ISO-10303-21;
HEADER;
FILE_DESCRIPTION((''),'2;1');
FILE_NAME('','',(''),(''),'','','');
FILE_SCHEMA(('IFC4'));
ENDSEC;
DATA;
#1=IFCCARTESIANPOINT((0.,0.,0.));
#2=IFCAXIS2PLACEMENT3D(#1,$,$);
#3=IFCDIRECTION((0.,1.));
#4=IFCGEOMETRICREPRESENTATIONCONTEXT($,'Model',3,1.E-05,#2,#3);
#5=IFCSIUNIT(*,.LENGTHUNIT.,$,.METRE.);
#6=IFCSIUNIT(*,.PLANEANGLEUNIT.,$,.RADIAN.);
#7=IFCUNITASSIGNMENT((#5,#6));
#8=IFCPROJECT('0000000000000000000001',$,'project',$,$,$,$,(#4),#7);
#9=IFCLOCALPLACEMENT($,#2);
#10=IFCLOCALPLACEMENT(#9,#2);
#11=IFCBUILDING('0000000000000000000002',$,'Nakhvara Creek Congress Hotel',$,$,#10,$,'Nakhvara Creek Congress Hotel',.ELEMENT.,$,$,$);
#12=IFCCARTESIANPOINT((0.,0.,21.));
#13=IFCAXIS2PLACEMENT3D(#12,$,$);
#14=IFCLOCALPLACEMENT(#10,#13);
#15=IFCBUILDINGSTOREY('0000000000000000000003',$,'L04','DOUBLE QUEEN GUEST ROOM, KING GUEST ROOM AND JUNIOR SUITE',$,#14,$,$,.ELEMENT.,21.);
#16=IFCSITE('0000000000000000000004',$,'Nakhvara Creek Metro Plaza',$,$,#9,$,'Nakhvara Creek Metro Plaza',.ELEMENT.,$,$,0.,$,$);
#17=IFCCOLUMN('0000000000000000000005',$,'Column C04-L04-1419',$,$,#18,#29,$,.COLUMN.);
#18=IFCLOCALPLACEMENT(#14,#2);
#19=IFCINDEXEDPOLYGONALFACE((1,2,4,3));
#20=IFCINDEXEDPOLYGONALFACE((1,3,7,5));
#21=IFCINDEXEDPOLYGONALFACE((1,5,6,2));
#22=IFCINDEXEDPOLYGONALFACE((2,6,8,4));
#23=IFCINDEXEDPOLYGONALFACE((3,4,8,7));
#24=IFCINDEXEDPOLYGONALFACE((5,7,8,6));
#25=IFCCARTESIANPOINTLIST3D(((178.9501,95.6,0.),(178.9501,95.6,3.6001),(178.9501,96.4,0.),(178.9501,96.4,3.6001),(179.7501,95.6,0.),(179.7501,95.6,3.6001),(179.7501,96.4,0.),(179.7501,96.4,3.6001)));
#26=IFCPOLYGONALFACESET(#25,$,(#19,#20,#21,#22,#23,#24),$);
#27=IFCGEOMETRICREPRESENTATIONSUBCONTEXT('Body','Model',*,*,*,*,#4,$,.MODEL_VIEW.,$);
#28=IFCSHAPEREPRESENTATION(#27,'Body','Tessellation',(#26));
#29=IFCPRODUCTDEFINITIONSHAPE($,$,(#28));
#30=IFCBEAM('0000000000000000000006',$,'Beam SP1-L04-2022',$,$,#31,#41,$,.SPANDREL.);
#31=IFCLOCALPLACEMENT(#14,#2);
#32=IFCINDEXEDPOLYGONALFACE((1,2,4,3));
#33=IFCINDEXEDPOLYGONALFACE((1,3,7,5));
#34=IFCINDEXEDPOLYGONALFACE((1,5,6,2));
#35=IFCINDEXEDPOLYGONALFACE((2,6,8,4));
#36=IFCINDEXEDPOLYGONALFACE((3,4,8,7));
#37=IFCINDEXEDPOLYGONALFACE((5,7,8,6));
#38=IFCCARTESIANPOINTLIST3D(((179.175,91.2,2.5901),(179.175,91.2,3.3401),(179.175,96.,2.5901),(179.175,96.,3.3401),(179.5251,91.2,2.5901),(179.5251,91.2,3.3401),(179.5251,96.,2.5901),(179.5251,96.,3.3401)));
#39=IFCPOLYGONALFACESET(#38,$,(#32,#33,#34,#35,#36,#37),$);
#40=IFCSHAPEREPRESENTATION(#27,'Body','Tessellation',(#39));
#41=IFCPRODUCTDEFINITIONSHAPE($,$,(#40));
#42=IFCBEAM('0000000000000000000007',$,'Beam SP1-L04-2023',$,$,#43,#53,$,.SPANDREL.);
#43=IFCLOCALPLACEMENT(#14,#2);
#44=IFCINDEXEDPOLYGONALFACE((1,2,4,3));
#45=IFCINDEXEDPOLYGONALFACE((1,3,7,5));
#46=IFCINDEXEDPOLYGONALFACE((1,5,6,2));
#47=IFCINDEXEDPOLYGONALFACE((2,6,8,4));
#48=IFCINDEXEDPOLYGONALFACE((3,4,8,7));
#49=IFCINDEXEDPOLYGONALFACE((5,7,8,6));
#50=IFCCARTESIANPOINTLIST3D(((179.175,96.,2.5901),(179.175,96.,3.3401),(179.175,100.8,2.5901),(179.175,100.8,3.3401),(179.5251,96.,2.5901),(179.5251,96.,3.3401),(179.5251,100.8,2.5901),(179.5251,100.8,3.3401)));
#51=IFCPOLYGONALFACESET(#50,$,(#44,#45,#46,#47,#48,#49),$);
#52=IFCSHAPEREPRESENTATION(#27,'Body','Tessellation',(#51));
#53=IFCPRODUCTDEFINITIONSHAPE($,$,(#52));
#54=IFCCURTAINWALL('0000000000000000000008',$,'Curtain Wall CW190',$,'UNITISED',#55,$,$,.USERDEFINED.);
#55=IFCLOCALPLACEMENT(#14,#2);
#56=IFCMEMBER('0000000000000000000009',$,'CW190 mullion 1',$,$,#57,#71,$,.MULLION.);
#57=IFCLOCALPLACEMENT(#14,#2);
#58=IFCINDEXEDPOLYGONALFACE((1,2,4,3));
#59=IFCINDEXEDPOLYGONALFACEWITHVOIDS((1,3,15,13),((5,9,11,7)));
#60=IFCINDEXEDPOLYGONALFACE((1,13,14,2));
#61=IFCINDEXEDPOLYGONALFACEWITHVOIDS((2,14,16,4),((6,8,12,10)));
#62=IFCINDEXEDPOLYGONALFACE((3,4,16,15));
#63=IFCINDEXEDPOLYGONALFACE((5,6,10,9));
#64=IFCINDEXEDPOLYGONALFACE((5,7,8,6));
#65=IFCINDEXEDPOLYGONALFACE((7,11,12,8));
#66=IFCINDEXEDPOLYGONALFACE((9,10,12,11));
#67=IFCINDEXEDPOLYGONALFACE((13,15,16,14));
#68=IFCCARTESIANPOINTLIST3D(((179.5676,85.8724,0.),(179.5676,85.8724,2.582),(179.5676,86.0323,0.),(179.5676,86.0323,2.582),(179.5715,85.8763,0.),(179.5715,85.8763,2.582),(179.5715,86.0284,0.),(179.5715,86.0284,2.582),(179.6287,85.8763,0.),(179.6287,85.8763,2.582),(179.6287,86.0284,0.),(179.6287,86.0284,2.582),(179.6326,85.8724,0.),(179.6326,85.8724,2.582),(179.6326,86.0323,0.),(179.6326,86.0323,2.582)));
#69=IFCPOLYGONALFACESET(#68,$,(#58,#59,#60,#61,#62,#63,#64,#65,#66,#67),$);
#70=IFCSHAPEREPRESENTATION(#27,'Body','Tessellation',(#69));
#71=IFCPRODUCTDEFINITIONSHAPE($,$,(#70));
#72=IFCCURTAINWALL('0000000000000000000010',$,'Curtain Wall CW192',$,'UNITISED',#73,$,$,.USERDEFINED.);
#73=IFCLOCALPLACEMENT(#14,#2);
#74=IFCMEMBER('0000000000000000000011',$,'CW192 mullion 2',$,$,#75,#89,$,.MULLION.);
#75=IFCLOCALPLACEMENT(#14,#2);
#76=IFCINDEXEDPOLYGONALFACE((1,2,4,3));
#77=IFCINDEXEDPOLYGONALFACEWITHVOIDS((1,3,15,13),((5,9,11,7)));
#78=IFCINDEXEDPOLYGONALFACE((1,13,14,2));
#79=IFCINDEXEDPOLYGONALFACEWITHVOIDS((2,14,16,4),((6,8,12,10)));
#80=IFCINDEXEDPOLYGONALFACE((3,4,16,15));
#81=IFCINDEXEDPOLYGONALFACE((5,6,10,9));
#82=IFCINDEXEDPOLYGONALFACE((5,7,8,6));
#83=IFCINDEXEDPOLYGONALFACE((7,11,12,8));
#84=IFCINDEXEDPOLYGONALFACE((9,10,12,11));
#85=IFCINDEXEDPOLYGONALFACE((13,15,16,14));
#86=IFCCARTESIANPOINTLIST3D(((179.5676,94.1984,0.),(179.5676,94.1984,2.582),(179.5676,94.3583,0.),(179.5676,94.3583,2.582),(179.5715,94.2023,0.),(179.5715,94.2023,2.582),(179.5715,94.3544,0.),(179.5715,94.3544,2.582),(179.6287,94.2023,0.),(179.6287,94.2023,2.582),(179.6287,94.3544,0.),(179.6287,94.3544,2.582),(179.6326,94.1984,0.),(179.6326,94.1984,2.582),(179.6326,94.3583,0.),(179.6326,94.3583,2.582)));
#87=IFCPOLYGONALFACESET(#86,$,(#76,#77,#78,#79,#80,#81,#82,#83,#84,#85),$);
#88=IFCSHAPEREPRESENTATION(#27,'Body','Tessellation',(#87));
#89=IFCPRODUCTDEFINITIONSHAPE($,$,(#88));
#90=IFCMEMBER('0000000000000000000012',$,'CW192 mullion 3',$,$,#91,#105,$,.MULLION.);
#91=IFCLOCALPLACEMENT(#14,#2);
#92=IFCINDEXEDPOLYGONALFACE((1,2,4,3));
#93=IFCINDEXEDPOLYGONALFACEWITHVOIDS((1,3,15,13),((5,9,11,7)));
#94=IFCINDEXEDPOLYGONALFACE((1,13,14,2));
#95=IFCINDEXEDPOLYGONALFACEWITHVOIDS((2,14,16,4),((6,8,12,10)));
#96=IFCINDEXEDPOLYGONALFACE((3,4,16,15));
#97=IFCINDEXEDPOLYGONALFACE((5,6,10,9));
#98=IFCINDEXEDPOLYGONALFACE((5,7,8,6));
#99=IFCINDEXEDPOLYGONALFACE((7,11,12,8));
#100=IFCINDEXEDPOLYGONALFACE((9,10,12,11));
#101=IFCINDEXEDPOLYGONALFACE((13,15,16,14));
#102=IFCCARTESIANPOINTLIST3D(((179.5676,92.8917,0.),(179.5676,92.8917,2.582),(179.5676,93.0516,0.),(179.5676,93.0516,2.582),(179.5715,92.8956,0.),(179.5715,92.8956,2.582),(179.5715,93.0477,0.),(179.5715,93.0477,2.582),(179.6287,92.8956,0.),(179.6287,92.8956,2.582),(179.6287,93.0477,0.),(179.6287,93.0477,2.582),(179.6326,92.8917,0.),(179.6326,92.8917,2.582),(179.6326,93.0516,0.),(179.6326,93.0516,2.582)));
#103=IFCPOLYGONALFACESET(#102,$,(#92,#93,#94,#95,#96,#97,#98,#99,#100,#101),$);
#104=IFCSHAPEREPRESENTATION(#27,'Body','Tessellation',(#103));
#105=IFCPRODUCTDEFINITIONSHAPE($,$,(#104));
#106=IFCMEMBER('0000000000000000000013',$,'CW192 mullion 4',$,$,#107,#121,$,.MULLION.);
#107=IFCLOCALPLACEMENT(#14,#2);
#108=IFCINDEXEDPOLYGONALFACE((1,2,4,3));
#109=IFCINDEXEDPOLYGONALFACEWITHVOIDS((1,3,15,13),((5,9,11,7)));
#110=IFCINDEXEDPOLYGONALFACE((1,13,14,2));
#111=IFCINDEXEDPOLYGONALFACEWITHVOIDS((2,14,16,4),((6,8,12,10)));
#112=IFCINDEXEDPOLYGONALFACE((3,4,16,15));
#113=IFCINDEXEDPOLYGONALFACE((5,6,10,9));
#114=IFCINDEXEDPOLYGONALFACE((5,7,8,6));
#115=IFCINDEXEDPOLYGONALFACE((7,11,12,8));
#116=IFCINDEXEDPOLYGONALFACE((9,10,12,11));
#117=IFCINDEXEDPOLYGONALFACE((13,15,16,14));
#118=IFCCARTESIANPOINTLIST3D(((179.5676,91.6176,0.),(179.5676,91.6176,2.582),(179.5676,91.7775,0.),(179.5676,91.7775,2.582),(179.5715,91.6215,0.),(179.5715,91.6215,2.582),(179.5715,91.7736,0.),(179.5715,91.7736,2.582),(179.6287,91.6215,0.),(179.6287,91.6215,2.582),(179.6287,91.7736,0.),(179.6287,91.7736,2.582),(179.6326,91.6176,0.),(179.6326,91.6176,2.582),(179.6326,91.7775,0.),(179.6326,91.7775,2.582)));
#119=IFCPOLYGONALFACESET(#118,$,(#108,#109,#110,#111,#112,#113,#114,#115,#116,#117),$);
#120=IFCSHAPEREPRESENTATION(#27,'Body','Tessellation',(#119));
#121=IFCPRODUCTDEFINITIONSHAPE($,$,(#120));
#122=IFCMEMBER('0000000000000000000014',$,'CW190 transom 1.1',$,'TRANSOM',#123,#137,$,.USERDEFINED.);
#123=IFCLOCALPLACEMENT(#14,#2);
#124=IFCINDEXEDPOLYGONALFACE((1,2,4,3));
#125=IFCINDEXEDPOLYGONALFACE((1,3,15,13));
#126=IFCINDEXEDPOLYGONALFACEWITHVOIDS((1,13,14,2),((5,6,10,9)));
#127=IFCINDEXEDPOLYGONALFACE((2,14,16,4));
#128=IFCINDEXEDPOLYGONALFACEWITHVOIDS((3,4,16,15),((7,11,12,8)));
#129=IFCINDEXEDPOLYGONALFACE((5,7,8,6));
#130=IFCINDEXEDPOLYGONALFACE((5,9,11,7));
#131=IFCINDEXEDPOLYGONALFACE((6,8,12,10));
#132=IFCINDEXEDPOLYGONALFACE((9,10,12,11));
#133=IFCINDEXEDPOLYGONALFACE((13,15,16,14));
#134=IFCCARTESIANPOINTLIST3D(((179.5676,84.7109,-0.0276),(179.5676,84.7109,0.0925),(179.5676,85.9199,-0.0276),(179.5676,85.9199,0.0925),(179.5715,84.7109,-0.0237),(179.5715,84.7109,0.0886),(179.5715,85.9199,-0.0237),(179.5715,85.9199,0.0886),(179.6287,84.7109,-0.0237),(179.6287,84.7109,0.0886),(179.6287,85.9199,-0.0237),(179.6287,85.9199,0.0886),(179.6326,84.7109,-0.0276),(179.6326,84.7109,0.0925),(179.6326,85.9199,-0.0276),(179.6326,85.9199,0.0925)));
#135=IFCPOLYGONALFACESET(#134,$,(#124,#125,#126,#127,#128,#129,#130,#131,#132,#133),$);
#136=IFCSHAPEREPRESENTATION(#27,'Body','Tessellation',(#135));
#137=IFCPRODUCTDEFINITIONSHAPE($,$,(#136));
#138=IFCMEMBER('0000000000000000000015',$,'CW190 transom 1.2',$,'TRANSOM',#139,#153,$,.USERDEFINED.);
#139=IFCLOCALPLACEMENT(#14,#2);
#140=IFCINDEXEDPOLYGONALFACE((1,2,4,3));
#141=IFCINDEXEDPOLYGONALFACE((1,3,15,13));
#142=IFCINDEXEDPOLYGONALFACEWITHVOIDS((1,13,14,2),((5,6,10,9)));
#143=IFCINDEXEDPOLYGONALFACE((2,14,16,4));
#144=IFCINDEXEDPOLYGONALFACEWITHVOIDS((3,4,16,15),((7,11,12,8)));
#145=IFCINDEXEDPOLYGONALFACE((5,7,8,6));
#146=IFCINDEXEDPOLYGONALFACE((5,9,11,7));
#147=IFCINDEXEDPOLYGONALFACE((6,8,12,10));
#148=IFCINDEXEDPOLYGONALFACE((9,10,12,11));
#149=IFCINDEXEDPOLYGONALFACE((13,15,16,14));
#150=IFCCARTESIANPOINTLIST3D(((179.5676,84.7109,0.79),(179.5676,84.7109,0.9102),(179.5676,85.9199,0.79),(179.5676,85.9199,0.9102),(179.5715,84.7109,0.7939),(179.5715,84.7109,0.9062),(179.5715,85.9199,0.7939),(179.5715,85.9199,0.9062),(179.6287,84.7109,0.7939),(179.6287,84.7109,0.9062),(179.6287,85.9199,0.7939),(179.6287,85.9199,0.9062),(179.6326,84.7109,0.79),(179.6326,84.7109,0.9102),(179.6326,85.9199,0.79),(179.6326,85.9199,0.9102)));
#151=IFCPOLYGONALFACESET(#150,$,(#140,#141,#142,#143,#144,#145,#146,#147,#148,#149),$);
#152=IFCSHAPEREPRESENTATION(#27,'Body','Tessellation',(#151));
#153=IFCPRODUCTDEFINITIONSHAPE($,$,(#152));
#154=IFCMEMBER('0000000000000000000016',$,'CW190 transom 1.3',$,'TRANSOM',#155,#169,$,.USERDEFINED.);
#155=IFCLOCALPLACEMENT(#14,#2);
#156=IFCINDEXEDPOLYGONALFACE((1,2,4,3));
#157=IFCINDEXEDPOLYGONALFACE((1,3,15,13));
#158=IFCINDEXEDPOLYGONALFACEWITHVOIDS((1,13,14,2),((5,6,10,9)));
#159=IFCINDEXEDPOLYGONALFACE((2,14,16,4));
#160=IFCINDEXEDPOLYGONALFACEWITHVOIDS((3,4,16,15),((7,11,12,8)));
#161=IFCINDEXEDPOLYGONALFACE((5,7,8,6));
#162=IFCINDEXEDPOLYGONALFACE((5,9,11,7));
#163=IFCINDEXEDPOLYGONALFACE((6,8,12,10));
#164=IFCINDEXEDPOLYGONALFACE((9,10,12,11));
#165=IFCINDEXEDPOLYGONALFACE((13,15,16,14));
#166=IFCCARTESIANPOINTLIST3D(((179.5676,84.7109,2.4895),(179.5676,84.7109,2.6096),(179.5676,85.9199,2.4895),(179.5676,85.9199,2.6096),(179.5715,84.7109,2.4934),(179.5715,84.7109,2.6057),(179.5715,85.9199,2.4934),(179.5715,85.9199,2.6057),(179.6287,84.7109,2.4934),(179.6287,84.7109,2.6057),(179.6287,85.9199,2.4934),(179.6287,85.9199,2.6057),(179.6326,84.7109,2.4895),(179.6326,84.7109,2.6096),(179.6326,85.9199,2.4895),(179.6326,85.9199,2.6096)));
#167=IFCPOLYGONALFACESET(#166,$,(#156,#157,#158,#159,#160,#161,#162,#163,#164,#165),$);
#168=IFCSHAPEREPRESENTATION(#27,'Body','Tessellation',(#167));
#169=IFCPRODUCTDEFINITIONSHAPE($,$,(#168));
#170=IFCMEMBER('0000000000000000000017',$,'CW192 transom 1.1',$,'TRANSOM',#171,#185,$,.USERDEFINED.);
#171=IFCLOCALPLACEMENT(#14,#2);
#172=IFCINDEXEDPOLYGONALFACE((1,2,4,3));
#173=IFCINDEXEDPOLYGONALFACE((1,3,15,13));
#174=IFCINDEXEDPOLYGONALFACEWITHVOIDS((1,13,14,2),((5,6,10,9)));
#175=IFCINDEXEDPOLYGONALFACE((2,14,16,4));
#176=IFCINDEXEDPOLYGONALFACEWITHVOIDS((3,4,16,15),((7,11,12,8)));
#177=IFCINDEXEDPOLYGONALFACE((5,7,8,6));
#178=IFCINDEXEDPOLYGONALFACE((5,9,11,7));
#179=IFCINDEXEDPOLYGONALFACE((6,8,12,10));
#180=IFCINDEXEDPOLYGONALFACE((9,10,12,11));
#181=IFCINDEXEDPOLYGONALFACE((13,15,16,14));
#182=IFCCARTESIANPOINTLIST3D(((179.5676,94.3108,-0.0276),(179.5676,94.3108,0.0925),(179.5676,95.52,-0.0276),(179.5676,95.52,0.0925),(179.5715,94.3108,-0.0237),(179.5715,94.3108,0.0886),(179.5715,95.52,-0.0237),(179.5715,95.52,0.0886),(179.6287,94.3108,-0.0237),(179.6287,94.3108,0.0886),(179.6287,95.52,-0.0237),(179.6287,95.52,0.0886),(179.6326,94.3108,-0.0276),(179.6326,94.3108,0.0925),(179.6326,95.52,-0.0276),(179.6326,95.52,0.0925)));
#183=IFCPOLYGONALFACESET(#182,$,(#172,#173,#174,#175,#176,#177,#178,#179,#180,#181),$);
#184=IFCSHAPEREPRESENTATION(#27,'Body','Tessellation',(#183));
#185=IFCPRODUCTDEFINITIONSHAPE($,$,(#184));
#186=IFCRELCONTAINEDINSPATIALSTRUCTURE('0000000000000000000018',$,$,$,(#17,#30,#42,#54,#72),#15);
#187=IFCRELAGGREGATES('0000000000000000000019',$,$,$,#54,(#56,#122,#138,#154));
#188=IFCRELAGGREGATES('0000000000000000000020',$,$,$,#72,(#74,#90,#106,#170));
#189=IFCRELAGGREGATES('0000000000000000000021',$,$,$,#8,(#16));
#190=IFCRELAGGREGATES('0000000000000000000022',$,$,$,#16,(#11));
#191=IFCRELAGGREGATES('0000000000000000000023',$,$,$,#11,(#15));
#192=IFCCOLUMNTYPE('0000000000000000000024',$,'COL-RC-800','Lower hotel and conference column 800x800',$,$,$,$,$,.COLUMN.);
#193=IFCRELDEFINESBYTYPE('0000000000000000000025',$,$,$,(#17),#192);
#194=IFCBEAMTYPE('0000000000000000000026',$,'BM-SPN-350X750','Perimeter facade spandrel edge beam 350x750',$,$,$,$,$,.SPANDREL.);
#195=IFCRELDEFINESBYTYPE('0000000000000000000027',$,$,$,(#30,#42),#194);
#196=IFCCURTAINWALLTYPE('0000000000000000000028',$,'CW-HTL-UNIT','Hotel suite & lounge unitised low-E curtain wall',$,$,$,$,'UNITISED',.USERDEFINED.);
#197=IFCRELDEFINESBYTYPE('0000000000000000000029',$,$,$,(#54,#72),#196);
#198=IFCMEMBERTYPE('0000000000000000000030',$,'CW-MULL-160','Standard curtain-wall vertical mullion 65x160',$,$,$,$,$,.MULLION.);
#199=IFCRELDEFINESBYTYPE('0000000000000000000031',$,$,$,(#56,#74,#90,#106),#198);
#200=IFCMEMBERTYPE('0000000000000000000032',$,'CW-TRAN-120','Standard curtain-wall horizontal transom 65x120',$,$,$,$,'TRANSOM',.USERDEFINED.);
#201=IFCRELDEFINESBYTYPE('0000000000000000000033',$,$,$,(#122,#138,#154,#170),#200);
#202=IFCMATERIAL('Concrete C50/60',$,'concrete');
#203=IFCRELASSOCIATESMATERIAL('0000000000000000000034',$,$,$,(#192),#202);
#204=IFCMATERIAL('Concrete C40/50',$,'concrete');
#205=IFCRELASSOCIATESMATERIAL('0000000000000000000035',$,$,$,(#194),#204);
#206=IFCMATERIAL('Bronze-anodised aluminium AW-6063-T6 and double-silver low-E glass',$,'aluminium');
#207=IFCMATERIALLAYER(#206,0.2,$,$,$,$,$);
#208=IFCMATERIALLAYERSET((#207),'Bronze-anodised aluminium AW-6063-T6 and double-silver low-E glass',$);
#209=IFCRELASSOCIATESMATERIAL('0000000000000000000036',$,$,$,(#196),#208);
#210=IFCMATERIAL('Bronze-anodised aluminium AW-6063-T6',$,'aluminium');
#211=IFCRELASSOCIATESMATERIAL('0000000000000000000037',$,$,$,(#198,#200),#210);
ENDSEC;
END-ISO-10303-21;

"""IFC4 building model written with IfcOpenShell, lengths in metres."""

from ifc_helpers import new_model, si_unit, direction, frame, origin, origin_2d, place, context, subcontext, project, spatial, rectangle, hollow_rectangle, extrude, material, layer, layer_set, material_profile, profile_set, type_object, element, aggregate, save


model = new_model("IFC4")

# Units and contexts
model_context = context("Model", 3, precision=1e-05, world=origin(), true_north=direction((0.0, 1.0)))
body_context = subcontext(model_context, "Body", "Model", "MODEL_VIEW")
ifc_project = project(units=[si_unit("LENGTHUNIT", "METRE"), si_unit("PLANEANGLEUNIT", "RADIAN")], contexts=[model_context])

# Site, building, storey
site_placement = place(None, origin())
site = spatial("IfcSite", under=ifc_project, at=site_placement, Name="Nakhvara Creek Metro Plaza", LongName="Nakhvara Creek Metro Plaza", CompositionType="ELEMENT", RefElevation=0.0)
building_placement = place(site_placement, origin())
building = spatial("IfcBuilding", under=site, at=building_placement, Name="Nakhvara Creek Congress Hotel", LongName="Nakhvara Creek Congress Hotel", CompositionType="ELEMENT")
storey_placement = place(building_placement, frame((0.0, 0.0, 21.0)))
storey = spatial("IfcBuildingStorey", under=building, at=storey_placement, Name="L04", Description="DOUBLE QUEEN GUEST ROOM, KING GUEST ROOM AND JUNIOR SUITE", CompositionType="ELEMENT", Elevation=21.0)

# Column
ifc_material_1 = material(Name="Concrete C50/60", Category="concrete")
ifc_material_profile_1 = material_profile(ifc_material_1, rectangle(XDim=0.8, YDim=0.8, at=origin_2d()), Name="RC-COL 800x800", Category="LoadBearing")
ifc_profile_set_1 = profile_set([ifc_material_profile_1], Name="Concrete C50/60")
column_type = type_object("IfcColumnType", Name="COL-RC-800", Description="Lower hotel and conference column 800x800", PredefinedType="COLUMN", material=ifc_profile_set_1)
column_placement = place(storey_placement, frame((179.3501, 96.0, 0.0), z_axis=(0.0, 0.0, 1.0), x_axis=(1.0, 0.0, 0.0)))
element("IfcColumn", 1, at=column_placement, inside=storey, type_object=column_type, Name="Column C04-L04-1419", PredefinedType="COLUMN", context=body_context, shape_type="SweptSolid", body=[
    extrude(rectangle(XDim=0.8, YDim=0.8, at=origin_2d()), origin(), (0.0, 0.0, 1.0), 3.6001),
])

# Beams
ifc_material_2 = material(Name="Concrete C40/50", Category="concrete")
ifc_material_profile_2 = material_profile(ifc_material_2, rectangle(XDim=0.3501, YDim=0.75, at=origin_2d()), Name="RC-SPANDREL 350x750", Category="LoadBearing")
ifc_profile_set_2 = profile_set([ifc_material_profile_2], Name="Concrete C40/50")
beam_type = type_object("IfcBeamType", Name="BM-SPN-350X750", Description="Perimeter facade spandrel edge beam 350x750", PredefinedType="SPANDREL", material=ifc_profile_set_2)
for number, where, z_axis, x_axis, name in (
    (2, (179.3501, 91.2, 2.9651), (0.0, 1.0, 0.0), (-1.0, 0.0, 0.0), "Beam SP1-L04-2022"),
    (3, (179.3501, 96.0, 2.9651), (0.0, 1.0, 0.0), (-1.0, 0.0, 0.0), "Beam SP1-L04-2023"),
):
    element("IfcBeam", number, at=place(storey_placement, frame(where, z_axis=z_axis, x_axis=x_axis)), inside=storey, type_object=beam_type, Name=name, PredefinedType="SPANDREL", context=body_context, shape_type="SweptSolid", body=[
        extrude(rectangle(XDim=0.3501, YDim=0.75, at=origin_2d()), origin(), (0.0, 0.0, 1.0), 4.8),
    ])

# Curtain wall, member
ifc_material_3 = material(Name="Bronze-anodised aluminium AW-6063-T6 and double-silver low-E glass", Category="aluminium")
ifc_layer_1 = layer(ifc_material_3, 0.2)
ifc_layer_set_1 = layer_set([ifc_layer_1], Name="Bronze-anodised aluminium AW-6063-T6 and double-silver low-E glass")
curtain_wall_type = type_object("IfcCurtainWallType", Name="CW-HTL-UNIT", Description="Hotel suite & lounge unitised low-E curtain wall", ElementType="UNITISED", PredefinedType="USERDEFINED", material=ifc_layer_set_1)
curtain_wall_1_placement = place(storey_placement, origin())
curtain_wall_1 = element("IfcCurtainWall", 4, at=curtain_wall_1_placement, inside=storey, type_object=curtain_wall_type, Name="Curtain Wall CW190", ObjectType="UNITISED", PredefinedType="USERDEFINED")
ifc_material_4 = material(Name="Bronze-anodised aluminium AW-6063-T6", Category="aluminium")
ifc_material_profile_3 = material_profile(ifc_material_4, hollow_rectangle(XDim=0.0649, YDim=0.1599, WallThickness=0.0039, at=origin_2d()), Name="ALU-MULL 65x160x4", Category="LoadBearing")
ifc_profile_set_3 = profile_set([ifc_material_profile_3], Name="Bronze-anodised aluminium AW-6063-T6")
member_type_1 = type_object("IfcMemberType", Name="CW-MULL-160", Description="Standard curtain-wall vertical mullion 65x160", PredefinedType="MULLION", material=ifc_profile_set_3)
member_1_placement = place(storey_placement, frame((179.6001, 85.9524, 0.0), z_axis=(0.0, 0.0, 1.0), x_axis=(1.0, 0.0, 0.0)))
member_1 = element("IfcMember", 5, at=member_1_placement, type_object=member_type_1, Name="CW190 mullion 1", PredefinedType="MULLION", context=body_context, shape_type="SweptSolid", body=[
    extrude(hollow_rectangle(XDim=0.0649, YDim=0.1599, WallThickness=0.0039, at=origin_2d()), origin(), (0.0, 0.0, 1.0), 2.582),
])

# Curtain wall, members
curtain_wall_2_placement = place(storey_placement, origin())
curtain_wall_2 = element("IfcCurtainWall", 6, at=curtain_wall_2_placement, inside=storey, type_object=curtain_wall_type, Name="Curtain Wall CW192", ObjectType="UNITISED", PredefinedType="USERDEFINED")
member_2_placement = place(storey_placement, frame((179.6001, 94.2783, 0.0), z_axis=(0.0, 0.0, 1.0), x_axis=(1.0, 0.0, 0.0)))
member_2 = element("IfcMember", 7, at=member_2_placement, type_object=member_type_1, Name="CW192 mullion 2", PredefinedType="MULLION", context=body_context, shape_type="SweptSolid", body=[
    extrude(hollow_rectangle(XDim=0.0649, YDim=0.1599, WallThickness=0.0039, at=origin_2d()), origin(), (0.0, 0.0, 1.0), 2.582),
])
member_3_placement = place(storey_placement, frame((179.6001, 92.9717, 0.0), z_axis=(0.0, 0.0, 1.0), x_axis=(1.0, 0.0, 0.0)))
member_3 = element("IfcMember", 8, at=member_3_placement, type_object=member_type_1, Name="CW192 mullion 3", PredefinedType="MULLION", context=body_context, shape_type="SweptSolid", body=[
    extrude(hollow_rectangle(XDim=0.0649, YDim=0.1599, WallThickness=0.0039, at=origin_2d()), origin(), (0.0, 0.0, 1.0), 2.582),
])
member_4_placement = place(storey_placement, frame((179.6001, 91.6975, 0.0), z_axis=(0.0, 0.0, 1.0), x_axis=(1.0, 0.0, 0.0)))
member_4 = element("IfcMember", 9, at=member_4_placement, type_object=member_type_1, Name="CW192 mullion 4", PredefinedType="MULLION", context=body_context, shape_type="SweptSolid", body=[
    extrude(hollow_rectangle(XDim=0.0649, YDim=0.1599, WallThickness=0.0039, at=origin_2d()), origin(), (0.0, 0.0, 1.0), 2.582),
])

# Members
ifc_material_profile_4 = material_profile(ifc_material_4, hollow_rectangle(XDim=0.0649, YDim=0.1201, WallThickness=0.0039, at=origin_2d()), Name="ALU-TRAN 65x120x4", Category="LoadBearing")
ifc_profile_set_4 = profile_set([ifc_material_profile_4], Name="Bronze-anodised aluminium AW-6063-T6")
member_type_2 = type_object("IfcMemberType", Name="CW-TRAN-120", Description="Standard curtain-wall horizontal transom 65x120", ElementType="TRANSOM", PredefinedType="USERDEFINED", material=ifc_profile_set_4)
member_5_placement = place(storey_placement, frame((179.6001, 85.9199, 0.0325), z_axis=(0.0, -1.0, 0.0), x_axis=(1.0, 0.0, 0.0)))
member_5 = element("IfcMember", 10, at=member_5_placement, type_object=member_type_2, Name="CW190 transom 1.1", ObjectType="TRANSOM", PredefinedType="USERDEFINED", context=body_context, shape_type="SweptSolid", body=[
    extrude(hollow_rectangle(XDim=0.0649, YDim=0.1201, WallThickness=0.0039, at=origin_2d()), origin(), (0.0, 0.0, 1.0), 1.209),
])
member_6_placement = place(storey_placement, frame((179.6001, 85.9199, 0.8501), z_axis=(0.0, -1.0, 0.0), x_axis=(1.0, 0.0, 0.0)))
member_6 = element("IfcMember", 11, at=member_6_placement, type_object=member_type_2, Name="CW190 transom 1.2", ObjectType="TRANSOM", PredefinedType="USERDEFINED", context=body_context, shape_type="SweptSolid", body=[
    extrude(hollow_rectangle(XDim=0.0649, YDim=0.1201, WallThickness=0.0039, at=origin_2d()), origin(), (0.0, 0.0, 1.0), 1.209),
])
member_7_placement = place(storey_placement, frame((179.6001, 85.9199, 2.5496), z_axis=(0.0, -1.0, 0.0), x_axis=(1.0, 0.0, 0.0)))
member_7 = element("IfcMember", 12, at=member_7_placement, type_object=member_type_2, Name="CW190 transom 1.3", ObjectType="TRANSOM", PredefinedType="USERDEFINED", context=body_context, shape_type="SweptSolid", body=[
    extrude(hollow_rectangle(XDim=0.0649, YDim=0.1201, WallThickness=0.0039, at=origin_2d()), origin(), (0.0, 0.0, 1.0), 1.209),
])
aggregate(curtain_wall_1, [member_1, member_5, member_6, member_7])
member_8_placement = place(storey_placement, frame((179.6001, 95.52, 0.0325), z_axis=(0.0, -1.0, 0.0), x_axis=(1.0, 0.0, 0.0)))
member_8 = element("IfcMember", 13, at=member_8_placement, type_object=member_type_2, Name="CW192 transom 1.1", ObjectType="TRANSOM", PredefinedType="USERDEFINED", context=body_context, shape_type="SweptSolid", body=[
    extrude(hollow_rectangle(XDim=0.0649, YDim=0.1201, WallThickness=0.0039, at=origin_2d()), origin(), (0.0, 0.0, 1.0), 1.2092),
])

aggregate(curtain_wall_2, [member_2, member_3, member_4, member_8])

save(model, "model.ifc")
